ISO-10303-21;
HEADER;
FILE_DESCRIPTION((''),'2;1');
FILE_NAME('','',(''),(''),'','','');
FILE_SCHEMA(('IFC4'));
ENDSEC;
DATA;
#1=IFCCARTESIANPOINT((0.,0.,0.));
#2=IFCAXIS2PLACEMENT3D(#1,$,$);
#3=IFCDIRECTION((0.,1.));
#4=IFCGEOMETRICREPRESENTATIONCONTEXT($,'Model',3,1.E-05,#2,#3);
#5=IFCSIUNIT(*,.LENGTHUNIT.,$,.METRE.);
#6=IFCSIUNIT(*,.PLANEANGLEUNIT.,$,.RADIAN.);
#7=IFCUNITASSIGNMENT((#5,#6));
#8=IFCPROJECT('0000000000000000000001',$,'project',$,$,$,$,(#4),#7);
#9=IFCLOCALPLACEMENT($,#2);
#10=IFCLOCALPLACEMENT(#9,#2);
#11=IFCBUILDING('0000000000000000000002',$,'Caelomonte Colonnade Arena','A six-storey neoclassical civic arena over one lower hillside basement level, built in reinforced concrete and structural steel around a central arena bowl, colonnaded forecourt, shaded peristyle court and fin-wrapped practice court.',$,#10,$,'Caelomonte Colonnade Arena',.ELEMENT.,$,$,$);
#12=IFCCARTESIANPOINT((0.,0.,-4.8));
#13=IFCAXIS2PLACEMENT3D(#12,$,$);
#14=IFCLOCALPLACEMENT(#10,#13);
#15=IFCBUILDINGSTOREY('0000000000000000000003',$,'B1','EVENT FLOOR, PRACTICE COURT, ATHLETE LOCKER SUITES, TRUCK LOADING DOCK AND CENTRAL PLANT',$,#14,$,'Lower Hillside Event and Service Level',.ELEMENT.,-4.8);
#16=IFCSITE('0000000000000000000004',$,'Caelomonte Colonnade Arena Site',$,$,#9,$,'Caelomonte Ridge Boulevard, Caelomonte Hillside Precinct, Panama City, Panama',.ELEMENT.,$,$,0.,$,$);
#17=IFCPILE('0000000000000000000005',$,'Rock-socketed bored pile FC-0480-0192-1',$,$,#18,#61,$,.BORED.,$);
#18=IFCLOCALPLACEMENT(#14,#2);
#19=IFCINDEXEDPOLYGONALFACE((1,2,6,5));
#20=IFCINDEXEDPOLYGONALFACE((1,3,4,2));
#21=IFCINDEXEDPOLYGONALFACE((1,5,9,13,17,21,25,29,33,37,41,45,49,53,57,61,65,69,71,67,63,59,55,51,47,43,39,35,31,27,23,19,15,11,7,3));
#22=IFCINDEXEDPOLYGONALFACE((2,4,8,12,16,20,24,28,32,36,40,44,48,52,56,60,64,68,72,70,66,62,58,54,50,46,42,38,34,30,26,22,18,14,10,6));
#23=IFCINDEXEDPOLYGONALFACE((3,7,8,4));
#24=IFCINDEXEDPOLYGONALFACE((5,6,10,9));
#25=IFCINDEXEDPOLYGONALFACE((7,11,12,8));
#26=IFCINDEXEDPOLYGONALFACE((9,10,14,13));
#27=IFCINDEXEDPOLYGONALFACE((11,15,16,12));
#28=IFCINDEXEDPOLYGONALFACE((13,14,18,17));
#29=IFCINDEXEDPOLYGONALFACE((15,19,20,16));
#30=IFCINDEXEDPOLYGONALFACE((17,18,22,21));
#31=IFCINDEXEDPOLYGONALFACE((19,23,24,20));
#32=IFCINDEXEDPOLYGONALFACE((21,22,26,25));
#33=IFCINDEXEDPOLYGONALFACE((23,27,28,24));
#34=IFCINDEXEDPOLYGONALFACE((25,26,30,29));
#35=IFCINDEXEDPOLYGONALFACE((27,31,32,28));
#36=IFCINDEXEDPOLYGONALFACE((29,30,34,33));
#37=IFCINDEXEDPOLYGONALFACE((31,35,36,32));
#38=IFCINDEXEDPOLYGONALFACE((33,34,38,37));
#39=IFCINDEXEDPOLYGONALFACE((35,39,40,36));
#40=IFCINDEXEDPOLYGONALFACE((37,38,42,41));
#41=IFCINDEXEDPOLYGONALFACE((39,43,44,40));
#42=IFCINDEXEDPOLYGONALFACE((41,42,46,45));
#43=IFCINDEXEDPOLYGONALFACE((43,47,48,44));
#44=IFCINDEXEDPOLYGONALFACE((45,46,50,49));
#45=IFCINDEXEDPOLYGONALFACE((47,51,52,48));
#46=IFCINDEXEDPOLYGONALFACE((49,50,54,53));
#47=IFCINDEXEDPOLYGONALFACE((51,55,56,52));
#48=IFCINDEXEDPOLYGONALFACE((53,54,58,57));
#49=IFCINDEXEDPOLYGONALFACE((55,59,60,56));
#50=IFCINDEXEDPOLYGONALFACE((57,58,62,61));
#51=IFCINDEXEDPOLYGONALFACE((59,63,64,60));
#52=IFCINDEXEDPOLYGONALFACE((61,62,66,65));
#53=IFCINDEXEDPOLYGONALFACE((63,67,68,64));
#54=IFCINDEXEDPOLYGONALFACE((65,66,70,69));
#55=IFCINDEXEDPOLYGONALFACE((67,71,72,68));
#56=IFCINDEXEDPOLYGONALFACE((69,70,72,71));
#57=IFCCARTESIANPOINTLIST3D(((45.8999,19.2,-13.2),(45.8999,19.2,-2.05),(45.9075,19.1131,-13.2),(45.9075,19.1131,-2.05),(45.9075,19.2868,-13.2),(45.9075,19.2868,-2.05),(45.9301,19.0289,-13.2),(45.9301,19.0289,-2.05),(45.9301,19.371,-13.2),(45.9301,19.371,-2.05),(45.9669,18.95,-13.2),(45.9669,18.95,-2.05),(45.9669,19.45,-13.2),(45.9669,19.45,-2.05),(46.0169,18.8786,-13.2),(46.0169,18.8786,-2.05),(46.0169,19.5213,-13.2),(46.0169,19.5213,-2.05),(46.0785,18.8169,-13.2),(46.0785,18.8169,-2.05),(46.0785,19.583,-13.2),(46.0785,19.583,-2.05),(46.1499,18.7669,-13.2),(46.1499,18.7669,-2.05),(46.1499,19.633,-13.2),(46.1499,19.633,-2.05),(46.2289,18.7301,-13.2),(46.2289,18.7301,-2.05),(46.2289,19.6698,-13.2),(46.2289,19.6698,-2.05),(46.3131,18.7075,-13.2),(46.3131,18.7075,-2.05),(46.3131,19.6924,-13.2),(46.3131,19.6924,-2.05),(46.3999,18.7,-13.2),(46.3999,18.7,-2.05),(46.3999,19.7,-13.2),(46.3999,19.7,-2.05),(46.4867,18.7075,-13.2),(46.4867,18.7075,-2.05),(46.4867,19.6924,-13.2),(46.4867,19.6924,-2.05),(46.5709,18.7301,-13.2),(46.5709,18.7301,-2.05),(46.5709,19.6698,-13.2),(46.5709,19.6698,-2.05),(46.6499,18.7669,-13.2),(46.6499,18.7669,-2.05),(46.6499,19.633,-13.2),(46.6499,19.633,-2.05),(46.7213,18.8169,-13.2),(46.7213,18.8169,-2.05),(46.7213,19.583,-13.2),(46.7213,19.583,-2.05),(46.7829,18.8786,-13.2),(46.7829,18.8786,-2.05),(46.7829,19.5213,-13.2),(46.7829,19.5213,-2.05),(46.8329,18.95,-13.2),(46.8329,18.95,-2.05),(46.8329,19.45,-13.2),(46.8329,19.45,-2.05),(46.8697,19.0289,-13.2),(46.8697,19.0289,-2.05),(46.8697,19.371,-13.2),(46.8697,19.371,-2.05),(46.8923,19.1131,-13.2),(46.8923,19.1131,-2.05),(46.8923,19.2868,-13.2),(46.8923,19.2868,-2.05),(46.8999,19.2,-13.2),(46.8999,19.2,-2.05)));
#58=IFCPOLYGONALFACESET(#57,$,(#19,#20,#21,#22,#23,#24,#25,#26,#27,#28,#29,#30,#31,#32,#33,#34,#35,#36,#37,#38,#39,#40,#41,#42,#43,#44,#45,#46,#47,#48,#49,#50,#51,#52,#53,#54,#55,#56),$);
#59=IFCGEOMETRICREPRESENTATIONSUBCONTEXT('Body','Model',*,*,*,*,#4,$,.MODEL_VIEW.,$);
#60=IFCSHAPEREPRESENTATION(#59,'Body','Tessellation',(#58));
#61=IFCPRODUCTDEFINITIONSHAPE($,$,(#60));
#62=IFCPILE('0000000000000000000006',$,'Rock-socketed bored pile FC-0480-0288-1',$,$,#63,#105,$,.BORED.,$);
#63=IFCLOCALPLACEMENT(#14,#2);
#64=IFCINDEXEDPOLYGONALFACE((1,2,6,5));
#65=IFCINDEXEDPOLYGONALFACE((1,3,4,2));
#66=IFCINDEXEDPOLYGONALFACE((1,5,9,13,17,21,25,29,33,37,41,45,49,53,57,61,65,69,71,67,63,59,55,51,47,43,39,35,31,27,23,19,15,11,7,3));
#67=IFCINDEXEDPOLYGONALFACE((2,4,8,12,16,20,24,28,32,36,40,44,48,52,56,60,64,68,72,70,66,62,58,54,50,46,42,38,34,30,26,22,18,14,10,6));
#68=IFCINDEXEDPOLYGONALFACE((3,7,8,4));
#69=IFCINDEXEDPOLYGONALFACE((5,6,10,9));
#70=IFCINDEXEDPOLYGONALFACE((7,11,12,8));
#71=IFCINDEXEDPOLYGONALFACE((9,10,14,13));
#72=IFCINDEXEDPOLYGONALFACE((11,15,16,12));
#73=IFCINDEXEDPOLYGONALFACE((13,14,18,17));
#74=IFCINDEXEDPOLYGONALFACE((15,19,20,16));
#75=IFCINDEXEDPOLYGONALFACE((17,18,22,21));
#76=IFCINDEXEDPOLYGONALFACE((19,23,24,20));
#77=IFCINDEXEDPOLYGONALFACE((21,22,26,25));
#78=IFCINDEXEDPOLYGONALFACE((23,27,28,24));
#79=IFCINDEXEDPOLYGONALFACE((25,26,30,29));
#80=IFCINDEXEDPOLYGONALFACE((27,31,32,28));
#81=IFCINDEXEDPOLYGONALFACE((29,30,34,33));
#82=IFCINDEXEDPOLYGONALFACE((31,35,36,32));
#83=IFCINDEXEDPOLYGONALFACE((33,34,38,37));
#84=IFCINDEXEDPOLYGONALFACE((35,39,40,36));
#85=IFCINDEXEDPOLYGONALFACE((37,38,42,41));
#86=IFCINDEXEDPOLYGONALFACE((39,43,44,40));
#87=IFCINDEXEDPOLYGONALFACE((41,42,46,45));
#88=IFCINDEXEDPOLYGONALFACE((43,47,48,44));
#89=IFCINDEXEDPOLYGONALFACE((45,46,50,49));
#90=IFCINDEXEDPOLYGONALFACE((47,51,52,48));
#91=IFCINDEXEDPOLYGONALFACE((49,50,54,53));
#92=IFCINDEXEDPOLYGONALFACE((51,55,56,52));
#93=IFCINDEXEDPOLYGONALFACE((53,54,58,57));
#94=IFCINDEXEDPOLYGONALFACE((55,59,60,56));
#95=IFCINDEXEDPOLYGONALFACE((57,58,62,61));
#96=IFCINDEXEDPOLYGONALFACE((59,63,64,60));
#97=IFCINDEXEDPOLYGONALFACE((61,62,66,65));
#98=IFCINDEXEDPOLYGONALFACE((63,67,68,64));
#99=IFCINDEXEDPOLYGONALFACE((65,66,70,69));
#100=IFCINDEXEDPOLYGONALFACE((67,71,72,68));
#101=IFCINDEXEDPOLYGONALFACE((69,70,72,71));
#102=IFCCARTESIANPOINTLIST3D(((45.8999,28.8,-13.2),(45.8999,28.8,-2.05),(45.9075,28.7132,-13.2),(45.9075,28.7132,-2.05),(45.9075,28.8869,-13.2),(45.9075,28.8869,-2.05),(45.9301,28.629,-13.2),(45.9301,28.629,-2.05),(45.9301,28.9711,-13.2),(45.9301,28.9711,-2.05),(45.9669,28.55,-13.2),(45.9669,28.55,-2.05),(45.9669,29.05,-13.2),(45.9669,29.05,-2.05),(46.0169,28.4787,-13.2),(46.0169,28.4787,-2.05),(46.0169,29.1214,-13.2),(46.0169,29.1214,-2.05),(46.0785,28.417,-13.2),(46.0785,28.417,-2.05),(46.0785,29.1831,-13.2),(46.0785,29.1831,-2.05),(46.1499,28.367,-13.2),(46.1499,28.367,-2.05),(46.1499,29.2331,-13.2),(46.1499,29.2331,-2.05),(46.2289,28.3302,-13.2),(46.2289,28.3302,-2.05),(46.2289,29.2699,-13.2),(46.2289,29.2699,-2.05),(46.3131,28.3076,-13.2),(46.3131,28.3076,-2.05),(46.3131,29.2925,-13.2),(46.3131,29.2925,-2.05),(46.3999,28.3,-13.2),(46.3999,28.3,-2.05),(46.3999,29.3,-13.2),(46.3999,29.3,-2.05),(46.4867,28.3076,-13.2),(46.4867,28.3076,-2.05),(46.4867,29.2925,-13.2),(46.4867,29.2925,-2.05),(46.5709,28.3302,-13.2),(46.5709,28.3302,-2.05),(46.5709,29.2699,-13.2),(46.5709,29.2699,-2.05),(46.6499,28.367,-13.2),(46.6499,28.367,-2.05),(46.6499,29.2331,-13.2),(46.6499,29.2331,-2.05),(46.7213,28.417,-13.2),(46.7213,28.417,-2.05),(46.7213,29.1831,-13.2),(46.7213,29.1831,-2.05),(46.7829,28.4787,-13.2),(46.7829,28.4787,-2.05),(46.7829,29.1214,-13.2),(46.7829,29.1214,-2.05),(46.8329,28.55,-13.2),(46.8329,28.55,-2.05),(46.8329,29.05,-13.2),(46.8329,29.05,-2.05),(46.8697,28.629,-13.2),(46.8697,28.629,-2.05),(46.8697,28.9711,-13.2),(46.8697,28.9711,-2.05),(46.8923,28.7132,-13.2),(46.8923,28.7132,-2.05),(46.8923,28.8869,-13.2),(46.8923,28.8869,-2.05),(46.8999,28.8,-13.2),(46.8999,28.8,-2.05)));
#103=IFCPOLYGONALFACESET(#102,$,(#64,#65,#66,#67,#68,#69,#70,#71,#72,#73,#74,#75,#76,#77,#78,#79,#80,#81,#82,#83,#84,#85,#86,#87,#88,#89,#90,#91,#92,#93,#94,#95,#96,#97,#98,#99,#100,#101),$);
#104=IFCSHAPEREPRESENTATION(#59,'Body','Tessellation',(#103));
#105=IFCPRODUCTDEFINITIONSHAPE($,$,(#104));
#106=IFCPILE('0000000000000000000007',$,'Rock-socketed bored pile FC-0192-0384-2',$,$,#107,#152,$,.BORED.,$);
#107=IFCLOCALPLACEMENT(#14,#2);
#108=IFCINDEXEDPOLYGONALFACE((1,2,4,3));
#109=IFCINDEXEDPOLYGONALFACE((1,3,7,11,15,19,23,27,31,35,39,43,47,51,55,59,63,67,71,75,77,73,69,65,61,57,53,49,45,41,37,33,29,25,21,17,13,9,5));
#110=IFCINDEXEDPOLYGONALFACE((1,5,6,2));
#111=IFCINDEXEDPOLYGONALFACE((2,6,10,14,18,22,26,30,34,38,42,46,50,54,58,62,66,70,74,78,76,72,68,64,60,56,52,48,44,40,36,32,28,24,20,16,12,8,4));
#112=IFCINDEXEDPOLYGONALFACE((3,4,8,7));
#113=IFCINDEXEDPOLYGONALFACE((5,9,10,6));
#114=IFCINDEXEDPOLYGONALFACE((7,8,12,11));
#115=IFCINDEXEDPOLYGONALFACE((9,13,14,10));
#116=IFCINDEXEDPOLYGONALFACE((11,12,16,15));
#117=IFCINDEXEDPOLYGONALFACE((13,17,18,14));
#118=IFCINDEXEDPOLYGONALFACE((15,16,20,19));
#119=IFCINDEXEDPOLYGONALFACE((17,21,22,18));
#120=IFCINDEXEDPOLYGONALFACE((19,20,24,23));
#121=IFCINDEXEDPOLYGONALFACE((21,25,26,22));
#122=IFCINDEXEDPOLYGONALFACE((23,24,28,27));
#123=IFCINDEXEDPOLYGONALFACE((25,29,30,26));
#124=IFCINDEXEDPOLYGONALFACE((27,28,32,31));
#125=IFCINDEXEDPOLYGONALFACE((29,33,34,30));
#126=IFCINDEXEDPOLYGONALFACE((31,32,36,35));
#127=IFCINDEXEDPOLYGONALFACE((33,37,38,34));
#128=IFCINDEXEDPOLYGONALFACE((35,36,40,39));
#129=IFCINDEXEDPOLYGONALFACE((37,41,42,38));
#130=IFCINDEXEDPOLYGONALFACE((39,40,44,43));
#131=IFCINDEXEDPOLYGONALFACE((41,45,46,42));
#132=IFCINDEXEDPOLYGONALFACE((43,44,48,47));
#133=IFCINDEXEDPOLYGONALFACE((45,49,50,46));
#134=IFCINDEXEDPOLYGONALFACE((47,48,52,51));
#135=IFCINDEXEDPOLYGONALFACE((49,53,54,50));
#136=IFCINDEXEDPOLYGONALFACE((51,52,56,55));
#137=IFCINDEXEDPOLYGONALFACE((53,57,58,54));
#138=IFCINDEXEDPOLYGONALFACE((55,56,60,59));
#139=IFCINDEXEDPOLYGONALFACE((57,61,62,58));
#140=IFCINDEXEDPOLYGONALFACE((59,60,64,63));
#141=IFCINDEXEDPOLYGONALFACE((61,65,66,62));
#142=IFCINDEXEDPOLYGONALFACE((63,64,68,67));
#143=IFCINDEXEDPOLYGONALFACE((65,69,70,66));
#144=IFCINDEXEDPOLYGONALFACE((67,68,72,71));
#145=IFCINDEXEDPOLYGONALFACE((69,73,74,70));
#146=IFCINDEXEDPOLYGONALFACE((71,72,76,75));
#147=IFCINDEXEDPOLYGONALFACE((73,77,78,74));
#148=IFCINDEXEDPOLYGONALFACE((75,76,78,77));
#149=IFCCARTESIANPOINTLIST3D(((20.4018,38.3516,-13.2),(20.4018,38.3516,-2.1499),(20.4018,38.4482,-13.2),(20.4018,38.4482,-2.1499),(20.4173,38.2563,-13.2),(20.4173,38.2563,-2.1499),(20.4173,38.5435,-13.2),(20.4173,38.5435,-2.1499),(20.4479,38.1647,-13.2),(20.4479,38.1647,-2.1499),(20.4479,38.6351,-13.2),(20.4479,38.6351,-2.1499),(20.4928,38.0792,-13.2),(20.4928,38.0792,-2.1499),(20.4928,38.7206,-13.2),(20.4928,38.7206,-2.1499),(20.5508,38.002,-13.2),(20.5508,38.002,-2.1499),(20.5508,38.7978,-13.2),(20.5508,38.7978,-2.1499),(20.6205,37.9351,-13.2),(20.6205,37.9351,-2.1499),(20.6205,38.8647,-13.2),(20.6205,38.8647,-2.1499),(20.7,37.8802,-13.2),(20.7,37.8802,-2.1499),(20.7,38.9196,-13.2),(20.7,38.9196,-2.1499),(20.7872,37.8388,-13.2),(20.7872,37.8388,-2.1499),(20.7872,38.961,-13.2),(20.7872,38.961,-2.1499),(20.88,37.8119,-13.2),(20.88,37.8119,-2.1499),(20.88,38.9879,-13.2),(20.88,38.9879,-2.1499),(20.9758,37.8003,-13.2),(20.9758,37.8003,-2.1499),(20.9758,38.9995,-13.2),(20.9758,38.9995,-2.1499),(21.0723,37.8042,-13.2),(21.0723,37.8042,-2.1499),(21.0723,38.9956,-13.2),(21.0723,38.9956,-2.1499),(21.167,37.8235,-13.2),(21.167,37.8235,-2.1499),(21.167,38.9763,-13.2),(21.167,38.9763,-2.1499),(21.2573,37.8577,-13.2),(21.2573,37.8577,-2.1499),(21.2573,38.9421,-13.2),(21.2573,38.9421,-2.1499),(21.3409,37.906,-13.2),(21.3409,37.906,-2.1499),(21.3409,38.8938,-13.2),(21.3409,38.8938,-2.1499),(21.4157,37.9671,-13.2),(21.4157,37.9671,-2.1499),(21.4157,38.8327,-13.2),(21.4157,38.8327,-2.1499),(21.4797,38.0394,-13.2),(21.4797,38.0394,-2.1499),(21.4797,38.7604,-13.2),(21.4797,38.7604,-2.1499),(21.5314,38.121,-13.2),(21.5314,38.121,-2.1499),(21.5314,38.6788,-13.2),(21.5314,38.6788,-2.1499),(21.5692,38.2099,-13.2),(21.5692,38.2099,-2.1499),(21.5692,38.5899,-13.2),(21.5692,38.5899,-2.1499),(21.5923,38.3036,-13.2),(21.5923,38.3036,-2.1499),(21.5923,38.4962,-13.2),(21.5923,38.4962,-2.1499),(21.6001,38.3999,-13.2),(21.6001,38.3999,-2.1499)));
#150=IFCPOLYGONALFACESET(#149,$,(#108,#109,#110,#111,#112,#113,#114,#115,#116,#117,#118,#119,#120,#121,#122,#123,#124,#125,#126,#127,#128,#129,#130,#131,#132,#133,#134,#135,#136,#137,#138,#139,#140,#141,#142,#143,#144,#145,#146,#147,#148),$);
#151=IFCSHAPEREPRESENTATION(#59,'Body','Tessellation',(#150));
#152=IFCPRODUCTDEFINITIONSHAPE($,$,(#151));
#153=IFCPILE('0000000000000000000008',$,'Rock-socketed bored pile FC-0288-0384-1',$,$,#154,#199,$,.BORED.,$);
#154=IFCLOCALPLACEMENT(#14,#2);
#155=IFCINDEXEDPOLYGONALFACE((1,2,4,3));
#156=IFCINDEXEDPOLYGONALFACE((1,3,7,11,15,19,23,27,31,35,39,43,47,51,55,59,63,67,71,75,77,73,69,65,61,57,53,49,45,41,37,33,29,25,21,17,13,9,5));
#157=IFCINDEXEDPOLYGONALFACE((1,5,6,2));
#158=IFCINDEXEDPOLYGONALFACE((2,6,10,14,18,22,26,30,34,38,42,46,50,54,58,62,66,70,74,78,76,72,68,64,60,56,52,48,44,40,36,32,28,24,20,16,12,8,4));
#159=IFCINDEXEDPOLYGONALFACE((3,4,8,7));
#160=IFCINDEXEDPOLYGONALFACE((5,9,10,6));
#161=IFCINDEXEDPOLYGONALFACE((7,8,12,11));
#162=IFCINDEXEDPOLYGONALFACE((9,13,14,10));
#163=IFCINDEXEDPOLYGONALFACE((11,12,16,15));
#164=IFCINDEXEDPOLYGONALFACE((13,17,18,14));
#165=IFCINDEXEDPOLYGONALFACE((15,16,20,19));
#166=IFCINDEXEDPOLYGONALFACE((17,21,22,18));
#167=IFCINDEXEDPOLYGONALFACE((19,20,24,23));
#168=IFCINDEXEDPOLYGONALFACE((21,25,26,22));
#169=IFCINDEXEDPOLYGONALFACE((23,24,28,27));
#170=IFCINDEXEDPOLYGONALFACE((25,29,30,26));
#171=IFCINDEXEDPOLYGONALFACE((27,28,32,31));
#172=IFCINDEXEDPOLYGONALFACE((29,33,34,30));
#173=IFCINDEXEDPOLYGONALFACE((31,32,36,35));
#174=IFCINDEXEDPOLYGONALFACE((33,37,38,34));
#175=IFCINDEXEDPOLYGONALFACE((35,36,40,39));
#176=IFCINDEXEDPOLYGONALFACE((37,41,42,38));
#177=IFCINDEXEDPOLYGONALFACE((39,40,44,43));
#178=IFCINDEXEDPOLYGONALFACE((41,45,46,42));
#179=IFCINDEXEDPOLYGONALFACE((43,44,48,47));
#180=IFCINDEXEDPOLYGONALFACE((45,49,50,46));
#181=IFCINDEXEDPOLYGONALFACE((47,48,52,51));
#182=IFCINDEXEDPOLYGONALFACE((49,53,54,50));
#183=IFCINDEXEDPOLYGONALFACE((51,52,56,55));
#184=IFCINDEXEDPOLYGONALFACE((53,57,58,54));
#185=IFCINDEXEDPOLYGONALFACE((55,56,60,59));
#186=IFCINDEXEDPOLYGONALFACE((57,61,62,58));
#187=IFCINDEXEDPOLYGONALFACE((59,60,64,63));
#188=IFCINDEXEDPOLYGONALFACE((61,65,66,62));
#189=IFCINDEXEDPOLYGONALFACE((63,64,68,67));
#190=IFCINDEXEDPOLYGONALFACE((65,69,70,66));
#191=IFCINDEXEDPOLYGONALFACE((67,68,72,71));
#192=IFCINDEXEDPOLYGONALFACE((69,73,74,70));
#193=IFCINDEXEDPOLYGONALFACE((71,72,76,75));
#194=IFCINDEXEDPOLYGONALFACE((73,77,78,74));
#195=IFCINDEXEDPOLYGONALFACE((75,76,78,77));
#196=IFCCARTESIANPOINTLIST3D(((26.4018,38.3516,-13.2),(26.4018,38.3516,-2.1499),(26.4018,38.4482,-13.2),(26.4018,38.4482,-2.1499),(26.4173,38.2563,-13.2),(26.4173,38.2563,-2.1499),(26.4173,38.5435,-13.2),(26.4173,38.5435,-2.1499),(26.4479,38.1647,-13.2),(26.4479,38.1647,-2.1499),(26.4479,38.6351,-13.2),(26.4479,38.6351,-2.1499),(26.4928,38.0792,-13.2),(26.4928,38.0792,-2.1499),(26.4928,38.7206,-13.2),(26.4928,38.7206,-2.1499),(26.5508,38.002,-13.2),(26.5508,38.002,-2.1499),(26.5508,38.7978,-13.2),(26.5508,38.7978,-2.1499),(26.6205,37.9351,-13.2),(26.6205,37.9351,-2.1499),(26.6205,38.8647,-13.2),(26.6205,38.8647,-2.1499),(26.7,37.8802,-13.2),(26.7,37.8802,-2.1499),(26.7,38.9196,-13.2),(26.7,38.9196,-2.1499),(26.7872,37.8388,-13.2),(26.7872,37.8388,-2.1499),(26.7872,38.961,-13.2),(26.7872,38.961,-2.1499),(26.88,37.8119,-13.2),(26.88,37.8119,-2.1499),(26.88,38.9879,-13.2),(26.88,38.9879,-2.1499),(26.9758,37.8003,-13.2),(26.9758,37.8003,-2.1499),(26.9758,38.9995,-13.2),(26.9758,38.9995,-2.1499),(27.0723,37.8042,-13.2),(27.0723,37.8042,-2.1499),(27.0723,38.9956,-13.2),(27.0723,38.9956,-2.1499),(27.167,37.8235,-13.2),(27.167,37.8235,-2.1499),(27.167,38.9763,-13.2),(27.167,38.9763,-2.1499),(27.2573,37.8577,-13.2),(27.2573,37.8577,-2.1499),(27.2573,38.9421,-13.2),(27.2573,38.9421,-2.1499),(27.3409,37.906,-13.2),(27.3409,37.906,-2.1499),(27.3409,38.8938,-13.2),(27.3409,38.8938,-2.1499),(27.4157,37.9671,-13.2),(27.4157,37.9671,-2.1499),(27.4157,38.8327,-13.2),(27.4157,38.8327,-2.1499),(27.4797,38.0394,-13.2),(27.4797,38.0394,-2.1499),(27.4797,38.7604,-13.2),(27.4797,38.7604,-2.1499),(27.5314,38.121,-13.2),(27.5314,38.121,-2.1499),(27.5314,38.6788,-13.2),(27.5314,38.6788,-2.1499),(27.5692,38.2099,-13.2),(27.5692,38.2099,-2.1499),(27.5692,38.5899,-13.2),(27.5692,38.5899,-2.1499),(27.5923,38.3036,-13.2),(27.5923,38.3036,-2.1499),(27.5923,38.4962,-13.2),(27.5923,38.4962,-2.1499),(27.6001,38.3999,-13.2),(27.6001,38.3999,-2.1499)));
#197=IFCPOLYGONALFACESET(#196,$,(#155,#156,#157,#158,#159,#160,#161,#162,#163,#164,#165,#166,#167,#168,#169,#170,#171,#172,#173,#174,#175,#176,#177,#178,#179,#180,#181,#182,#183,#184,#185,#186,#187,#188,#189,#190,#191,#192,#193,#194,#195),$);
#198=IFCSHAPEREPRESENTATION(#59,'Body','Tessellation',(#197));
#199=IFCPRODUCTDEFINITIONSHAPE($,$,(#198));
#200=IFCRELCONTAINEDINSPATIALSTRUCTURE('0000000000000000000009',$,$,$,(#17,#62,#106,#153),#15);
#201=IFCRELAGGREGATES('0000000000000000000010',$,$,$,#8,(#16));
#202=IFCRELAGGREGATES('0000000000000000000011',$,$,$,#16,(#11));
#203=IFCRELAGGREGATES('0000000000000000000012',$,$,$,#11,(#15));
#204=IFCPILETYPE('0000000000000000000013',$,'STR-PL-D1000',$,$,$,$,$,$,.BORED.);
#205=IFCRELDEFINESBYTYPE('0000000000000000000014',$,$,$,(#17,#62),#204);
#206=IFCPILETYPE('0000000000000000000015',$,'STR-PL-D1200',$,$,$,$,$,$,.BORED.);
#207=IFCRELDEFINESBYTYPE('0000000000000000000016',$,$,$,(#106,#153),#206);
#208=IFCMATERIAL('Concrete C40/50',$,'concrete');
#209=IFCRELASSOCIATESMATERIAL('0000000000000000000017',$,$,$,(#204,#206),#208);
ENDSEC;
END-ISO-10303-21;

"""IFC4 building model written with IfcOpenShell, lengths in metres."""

from ifc_helpers import new_model, si_unit, direction, frame, origin, origin_2d, place, context, subcontext, project, spatial, circle, extrude, material, material_profile, profile_set, type_object, element, save


model = new_model("IFC4")

# Units and contexts
model_context = context("Model", 3, precision=1e-05, world=origin(), true_north=direction((0.0, 1.0)))
body_context = subcontext(model_context, "Body", "Model", "MODEL_VIEW")
ifc_project = project(units=[si_unit("LENGTHUNIT", "METRE"), si_unit("PLANEANGLEUNIT", "RADIAN")], contexts=[model_context])

# Site, building, storey
site_placement = place(None, origin())
site = spatial("IfcSite", under=ifc_project, at=site_placement, Name="Caelomonte Colonnade Arena Site", LongName="Caelomonte Ridge Boulevard, Caelomonte Hillside Precinct, Panama City, Panama", CompositionType="ELEMENT", RefElevation=0.0)
building_placement = place(site_placement, origin())
building = spatial("IfcBuilding", under=site, at=building_placement, Name="Caelomonte Colonnade Arena", Description="A six-storey neoclassical civic arena over one lower hillside basement level, built in reinforced concrete and structural steel around a central arena bowl, colonnaded forecourt, shaded peristyle court and fin-wrapped practice court.", LongName="Caelomonte Colonnade Arena", CompositionType="ELEMENT")
storey_placement = place(building_placement, frame((0.0, 0.0, -4.8)))
storey = spatial("IfcBuildingStorey", under=building, at=storey_placement, Name="B1", Description="EVENT FLOOR, PRACTICE COURT, ATHLETE LOCKER SUITES, TRUCK LOADING DOCK AND CENTRAL PLANT", LongName="Lower Hillside Event and Service Level", CompositionType="ELEMENT", Elevation=-4.8)

# Shared definitions
ifc_material_1 = material(Name="Concrete C40/50", Category="concrete")

# Piles
ifc_material_profile_1 = material_profile(ifc_material_1, circle(Radius=0.5, at=origin_2d()), Name="PILE-D1000")
ifc_profile_set_1 = profile_set([ifc_material_profile_1], Name="Concrete C40/50")
pile_type_1 = type_object("IfcPileType", Name="STR-PL-D1000", PredefinedType="BORED", material=ifc_profile_set_1)
for number, where, z_axis, x_axis, name in (
    (1, (46.3999, 19.2, -2.05), (0.0, 0.0, -1.0), (1.0, 0.0, 0.0), "Rock-socketed bored pile FC-0480-0192-1"),
    (2, (46.3999, 28.8, -2.05), (0.0, 0.0, -1.0), (1.0, 0.0, 0.0), "Rock-socketed bored pile FC-0480-0288-1"),
):
    element("IfcPile", number, at=place(storey_placement, frame(where, z_axis=z_axis, x_axis=x_axis)), inside=storey, type_object=pile_type_1, Name=name, PredefinedType="BORED", context=body_context, shape_type="SweptSolid", body=[
        extrude(circle(Radius=0.5, at=origin_2d()), origin(), (0.0, 0.0, 1.0), 11.1499),
    ])
ifc_material_profile_2 = material_profile(ifc_material_1, circle(Radius=0.6001, at=origin_2d()), Name="PILE-D1200")
ifc_profile_set_2 = profile_set([ifc_material_profile_2], Name="Concrete C40/50")
pile_type_2 = type_object("IfcPileType", Name="STR-PL-D1200", PredefinedType="BORED", material=ifc_profile_set_2)
for number, where, z_axis, x_axis, name in (
    (3, (21.0, 38.3999, -2.1499), (0.0, 0.0, -1.0), (1.0, 0.0, 0.0), "Rock-socketed bored pile FC-0192-0384-2"),
    (4, (27.0, 38.3999, -2.1499), (0.0, 0.0, -1.0), (1.0, 0.0, 0.0), "Rock-socketed bored pile FC-0288-0384-1"),
):
    element("IfcPile", number, at=place(storey_placement, frame(where, z_axis=z_axis, x_axis=x_axis)), inside=storey, type_object=pile_type_2, Name=name, PredefinedType="BORED", context=body_context, shape_type="SweptSolid", body=[
        extrude(circle(Radius=0.6001, at=origin_2d()), origin(), (0.0, 0.0, 1.0), 11.05),
    ])

save(model, "model.ifc")
